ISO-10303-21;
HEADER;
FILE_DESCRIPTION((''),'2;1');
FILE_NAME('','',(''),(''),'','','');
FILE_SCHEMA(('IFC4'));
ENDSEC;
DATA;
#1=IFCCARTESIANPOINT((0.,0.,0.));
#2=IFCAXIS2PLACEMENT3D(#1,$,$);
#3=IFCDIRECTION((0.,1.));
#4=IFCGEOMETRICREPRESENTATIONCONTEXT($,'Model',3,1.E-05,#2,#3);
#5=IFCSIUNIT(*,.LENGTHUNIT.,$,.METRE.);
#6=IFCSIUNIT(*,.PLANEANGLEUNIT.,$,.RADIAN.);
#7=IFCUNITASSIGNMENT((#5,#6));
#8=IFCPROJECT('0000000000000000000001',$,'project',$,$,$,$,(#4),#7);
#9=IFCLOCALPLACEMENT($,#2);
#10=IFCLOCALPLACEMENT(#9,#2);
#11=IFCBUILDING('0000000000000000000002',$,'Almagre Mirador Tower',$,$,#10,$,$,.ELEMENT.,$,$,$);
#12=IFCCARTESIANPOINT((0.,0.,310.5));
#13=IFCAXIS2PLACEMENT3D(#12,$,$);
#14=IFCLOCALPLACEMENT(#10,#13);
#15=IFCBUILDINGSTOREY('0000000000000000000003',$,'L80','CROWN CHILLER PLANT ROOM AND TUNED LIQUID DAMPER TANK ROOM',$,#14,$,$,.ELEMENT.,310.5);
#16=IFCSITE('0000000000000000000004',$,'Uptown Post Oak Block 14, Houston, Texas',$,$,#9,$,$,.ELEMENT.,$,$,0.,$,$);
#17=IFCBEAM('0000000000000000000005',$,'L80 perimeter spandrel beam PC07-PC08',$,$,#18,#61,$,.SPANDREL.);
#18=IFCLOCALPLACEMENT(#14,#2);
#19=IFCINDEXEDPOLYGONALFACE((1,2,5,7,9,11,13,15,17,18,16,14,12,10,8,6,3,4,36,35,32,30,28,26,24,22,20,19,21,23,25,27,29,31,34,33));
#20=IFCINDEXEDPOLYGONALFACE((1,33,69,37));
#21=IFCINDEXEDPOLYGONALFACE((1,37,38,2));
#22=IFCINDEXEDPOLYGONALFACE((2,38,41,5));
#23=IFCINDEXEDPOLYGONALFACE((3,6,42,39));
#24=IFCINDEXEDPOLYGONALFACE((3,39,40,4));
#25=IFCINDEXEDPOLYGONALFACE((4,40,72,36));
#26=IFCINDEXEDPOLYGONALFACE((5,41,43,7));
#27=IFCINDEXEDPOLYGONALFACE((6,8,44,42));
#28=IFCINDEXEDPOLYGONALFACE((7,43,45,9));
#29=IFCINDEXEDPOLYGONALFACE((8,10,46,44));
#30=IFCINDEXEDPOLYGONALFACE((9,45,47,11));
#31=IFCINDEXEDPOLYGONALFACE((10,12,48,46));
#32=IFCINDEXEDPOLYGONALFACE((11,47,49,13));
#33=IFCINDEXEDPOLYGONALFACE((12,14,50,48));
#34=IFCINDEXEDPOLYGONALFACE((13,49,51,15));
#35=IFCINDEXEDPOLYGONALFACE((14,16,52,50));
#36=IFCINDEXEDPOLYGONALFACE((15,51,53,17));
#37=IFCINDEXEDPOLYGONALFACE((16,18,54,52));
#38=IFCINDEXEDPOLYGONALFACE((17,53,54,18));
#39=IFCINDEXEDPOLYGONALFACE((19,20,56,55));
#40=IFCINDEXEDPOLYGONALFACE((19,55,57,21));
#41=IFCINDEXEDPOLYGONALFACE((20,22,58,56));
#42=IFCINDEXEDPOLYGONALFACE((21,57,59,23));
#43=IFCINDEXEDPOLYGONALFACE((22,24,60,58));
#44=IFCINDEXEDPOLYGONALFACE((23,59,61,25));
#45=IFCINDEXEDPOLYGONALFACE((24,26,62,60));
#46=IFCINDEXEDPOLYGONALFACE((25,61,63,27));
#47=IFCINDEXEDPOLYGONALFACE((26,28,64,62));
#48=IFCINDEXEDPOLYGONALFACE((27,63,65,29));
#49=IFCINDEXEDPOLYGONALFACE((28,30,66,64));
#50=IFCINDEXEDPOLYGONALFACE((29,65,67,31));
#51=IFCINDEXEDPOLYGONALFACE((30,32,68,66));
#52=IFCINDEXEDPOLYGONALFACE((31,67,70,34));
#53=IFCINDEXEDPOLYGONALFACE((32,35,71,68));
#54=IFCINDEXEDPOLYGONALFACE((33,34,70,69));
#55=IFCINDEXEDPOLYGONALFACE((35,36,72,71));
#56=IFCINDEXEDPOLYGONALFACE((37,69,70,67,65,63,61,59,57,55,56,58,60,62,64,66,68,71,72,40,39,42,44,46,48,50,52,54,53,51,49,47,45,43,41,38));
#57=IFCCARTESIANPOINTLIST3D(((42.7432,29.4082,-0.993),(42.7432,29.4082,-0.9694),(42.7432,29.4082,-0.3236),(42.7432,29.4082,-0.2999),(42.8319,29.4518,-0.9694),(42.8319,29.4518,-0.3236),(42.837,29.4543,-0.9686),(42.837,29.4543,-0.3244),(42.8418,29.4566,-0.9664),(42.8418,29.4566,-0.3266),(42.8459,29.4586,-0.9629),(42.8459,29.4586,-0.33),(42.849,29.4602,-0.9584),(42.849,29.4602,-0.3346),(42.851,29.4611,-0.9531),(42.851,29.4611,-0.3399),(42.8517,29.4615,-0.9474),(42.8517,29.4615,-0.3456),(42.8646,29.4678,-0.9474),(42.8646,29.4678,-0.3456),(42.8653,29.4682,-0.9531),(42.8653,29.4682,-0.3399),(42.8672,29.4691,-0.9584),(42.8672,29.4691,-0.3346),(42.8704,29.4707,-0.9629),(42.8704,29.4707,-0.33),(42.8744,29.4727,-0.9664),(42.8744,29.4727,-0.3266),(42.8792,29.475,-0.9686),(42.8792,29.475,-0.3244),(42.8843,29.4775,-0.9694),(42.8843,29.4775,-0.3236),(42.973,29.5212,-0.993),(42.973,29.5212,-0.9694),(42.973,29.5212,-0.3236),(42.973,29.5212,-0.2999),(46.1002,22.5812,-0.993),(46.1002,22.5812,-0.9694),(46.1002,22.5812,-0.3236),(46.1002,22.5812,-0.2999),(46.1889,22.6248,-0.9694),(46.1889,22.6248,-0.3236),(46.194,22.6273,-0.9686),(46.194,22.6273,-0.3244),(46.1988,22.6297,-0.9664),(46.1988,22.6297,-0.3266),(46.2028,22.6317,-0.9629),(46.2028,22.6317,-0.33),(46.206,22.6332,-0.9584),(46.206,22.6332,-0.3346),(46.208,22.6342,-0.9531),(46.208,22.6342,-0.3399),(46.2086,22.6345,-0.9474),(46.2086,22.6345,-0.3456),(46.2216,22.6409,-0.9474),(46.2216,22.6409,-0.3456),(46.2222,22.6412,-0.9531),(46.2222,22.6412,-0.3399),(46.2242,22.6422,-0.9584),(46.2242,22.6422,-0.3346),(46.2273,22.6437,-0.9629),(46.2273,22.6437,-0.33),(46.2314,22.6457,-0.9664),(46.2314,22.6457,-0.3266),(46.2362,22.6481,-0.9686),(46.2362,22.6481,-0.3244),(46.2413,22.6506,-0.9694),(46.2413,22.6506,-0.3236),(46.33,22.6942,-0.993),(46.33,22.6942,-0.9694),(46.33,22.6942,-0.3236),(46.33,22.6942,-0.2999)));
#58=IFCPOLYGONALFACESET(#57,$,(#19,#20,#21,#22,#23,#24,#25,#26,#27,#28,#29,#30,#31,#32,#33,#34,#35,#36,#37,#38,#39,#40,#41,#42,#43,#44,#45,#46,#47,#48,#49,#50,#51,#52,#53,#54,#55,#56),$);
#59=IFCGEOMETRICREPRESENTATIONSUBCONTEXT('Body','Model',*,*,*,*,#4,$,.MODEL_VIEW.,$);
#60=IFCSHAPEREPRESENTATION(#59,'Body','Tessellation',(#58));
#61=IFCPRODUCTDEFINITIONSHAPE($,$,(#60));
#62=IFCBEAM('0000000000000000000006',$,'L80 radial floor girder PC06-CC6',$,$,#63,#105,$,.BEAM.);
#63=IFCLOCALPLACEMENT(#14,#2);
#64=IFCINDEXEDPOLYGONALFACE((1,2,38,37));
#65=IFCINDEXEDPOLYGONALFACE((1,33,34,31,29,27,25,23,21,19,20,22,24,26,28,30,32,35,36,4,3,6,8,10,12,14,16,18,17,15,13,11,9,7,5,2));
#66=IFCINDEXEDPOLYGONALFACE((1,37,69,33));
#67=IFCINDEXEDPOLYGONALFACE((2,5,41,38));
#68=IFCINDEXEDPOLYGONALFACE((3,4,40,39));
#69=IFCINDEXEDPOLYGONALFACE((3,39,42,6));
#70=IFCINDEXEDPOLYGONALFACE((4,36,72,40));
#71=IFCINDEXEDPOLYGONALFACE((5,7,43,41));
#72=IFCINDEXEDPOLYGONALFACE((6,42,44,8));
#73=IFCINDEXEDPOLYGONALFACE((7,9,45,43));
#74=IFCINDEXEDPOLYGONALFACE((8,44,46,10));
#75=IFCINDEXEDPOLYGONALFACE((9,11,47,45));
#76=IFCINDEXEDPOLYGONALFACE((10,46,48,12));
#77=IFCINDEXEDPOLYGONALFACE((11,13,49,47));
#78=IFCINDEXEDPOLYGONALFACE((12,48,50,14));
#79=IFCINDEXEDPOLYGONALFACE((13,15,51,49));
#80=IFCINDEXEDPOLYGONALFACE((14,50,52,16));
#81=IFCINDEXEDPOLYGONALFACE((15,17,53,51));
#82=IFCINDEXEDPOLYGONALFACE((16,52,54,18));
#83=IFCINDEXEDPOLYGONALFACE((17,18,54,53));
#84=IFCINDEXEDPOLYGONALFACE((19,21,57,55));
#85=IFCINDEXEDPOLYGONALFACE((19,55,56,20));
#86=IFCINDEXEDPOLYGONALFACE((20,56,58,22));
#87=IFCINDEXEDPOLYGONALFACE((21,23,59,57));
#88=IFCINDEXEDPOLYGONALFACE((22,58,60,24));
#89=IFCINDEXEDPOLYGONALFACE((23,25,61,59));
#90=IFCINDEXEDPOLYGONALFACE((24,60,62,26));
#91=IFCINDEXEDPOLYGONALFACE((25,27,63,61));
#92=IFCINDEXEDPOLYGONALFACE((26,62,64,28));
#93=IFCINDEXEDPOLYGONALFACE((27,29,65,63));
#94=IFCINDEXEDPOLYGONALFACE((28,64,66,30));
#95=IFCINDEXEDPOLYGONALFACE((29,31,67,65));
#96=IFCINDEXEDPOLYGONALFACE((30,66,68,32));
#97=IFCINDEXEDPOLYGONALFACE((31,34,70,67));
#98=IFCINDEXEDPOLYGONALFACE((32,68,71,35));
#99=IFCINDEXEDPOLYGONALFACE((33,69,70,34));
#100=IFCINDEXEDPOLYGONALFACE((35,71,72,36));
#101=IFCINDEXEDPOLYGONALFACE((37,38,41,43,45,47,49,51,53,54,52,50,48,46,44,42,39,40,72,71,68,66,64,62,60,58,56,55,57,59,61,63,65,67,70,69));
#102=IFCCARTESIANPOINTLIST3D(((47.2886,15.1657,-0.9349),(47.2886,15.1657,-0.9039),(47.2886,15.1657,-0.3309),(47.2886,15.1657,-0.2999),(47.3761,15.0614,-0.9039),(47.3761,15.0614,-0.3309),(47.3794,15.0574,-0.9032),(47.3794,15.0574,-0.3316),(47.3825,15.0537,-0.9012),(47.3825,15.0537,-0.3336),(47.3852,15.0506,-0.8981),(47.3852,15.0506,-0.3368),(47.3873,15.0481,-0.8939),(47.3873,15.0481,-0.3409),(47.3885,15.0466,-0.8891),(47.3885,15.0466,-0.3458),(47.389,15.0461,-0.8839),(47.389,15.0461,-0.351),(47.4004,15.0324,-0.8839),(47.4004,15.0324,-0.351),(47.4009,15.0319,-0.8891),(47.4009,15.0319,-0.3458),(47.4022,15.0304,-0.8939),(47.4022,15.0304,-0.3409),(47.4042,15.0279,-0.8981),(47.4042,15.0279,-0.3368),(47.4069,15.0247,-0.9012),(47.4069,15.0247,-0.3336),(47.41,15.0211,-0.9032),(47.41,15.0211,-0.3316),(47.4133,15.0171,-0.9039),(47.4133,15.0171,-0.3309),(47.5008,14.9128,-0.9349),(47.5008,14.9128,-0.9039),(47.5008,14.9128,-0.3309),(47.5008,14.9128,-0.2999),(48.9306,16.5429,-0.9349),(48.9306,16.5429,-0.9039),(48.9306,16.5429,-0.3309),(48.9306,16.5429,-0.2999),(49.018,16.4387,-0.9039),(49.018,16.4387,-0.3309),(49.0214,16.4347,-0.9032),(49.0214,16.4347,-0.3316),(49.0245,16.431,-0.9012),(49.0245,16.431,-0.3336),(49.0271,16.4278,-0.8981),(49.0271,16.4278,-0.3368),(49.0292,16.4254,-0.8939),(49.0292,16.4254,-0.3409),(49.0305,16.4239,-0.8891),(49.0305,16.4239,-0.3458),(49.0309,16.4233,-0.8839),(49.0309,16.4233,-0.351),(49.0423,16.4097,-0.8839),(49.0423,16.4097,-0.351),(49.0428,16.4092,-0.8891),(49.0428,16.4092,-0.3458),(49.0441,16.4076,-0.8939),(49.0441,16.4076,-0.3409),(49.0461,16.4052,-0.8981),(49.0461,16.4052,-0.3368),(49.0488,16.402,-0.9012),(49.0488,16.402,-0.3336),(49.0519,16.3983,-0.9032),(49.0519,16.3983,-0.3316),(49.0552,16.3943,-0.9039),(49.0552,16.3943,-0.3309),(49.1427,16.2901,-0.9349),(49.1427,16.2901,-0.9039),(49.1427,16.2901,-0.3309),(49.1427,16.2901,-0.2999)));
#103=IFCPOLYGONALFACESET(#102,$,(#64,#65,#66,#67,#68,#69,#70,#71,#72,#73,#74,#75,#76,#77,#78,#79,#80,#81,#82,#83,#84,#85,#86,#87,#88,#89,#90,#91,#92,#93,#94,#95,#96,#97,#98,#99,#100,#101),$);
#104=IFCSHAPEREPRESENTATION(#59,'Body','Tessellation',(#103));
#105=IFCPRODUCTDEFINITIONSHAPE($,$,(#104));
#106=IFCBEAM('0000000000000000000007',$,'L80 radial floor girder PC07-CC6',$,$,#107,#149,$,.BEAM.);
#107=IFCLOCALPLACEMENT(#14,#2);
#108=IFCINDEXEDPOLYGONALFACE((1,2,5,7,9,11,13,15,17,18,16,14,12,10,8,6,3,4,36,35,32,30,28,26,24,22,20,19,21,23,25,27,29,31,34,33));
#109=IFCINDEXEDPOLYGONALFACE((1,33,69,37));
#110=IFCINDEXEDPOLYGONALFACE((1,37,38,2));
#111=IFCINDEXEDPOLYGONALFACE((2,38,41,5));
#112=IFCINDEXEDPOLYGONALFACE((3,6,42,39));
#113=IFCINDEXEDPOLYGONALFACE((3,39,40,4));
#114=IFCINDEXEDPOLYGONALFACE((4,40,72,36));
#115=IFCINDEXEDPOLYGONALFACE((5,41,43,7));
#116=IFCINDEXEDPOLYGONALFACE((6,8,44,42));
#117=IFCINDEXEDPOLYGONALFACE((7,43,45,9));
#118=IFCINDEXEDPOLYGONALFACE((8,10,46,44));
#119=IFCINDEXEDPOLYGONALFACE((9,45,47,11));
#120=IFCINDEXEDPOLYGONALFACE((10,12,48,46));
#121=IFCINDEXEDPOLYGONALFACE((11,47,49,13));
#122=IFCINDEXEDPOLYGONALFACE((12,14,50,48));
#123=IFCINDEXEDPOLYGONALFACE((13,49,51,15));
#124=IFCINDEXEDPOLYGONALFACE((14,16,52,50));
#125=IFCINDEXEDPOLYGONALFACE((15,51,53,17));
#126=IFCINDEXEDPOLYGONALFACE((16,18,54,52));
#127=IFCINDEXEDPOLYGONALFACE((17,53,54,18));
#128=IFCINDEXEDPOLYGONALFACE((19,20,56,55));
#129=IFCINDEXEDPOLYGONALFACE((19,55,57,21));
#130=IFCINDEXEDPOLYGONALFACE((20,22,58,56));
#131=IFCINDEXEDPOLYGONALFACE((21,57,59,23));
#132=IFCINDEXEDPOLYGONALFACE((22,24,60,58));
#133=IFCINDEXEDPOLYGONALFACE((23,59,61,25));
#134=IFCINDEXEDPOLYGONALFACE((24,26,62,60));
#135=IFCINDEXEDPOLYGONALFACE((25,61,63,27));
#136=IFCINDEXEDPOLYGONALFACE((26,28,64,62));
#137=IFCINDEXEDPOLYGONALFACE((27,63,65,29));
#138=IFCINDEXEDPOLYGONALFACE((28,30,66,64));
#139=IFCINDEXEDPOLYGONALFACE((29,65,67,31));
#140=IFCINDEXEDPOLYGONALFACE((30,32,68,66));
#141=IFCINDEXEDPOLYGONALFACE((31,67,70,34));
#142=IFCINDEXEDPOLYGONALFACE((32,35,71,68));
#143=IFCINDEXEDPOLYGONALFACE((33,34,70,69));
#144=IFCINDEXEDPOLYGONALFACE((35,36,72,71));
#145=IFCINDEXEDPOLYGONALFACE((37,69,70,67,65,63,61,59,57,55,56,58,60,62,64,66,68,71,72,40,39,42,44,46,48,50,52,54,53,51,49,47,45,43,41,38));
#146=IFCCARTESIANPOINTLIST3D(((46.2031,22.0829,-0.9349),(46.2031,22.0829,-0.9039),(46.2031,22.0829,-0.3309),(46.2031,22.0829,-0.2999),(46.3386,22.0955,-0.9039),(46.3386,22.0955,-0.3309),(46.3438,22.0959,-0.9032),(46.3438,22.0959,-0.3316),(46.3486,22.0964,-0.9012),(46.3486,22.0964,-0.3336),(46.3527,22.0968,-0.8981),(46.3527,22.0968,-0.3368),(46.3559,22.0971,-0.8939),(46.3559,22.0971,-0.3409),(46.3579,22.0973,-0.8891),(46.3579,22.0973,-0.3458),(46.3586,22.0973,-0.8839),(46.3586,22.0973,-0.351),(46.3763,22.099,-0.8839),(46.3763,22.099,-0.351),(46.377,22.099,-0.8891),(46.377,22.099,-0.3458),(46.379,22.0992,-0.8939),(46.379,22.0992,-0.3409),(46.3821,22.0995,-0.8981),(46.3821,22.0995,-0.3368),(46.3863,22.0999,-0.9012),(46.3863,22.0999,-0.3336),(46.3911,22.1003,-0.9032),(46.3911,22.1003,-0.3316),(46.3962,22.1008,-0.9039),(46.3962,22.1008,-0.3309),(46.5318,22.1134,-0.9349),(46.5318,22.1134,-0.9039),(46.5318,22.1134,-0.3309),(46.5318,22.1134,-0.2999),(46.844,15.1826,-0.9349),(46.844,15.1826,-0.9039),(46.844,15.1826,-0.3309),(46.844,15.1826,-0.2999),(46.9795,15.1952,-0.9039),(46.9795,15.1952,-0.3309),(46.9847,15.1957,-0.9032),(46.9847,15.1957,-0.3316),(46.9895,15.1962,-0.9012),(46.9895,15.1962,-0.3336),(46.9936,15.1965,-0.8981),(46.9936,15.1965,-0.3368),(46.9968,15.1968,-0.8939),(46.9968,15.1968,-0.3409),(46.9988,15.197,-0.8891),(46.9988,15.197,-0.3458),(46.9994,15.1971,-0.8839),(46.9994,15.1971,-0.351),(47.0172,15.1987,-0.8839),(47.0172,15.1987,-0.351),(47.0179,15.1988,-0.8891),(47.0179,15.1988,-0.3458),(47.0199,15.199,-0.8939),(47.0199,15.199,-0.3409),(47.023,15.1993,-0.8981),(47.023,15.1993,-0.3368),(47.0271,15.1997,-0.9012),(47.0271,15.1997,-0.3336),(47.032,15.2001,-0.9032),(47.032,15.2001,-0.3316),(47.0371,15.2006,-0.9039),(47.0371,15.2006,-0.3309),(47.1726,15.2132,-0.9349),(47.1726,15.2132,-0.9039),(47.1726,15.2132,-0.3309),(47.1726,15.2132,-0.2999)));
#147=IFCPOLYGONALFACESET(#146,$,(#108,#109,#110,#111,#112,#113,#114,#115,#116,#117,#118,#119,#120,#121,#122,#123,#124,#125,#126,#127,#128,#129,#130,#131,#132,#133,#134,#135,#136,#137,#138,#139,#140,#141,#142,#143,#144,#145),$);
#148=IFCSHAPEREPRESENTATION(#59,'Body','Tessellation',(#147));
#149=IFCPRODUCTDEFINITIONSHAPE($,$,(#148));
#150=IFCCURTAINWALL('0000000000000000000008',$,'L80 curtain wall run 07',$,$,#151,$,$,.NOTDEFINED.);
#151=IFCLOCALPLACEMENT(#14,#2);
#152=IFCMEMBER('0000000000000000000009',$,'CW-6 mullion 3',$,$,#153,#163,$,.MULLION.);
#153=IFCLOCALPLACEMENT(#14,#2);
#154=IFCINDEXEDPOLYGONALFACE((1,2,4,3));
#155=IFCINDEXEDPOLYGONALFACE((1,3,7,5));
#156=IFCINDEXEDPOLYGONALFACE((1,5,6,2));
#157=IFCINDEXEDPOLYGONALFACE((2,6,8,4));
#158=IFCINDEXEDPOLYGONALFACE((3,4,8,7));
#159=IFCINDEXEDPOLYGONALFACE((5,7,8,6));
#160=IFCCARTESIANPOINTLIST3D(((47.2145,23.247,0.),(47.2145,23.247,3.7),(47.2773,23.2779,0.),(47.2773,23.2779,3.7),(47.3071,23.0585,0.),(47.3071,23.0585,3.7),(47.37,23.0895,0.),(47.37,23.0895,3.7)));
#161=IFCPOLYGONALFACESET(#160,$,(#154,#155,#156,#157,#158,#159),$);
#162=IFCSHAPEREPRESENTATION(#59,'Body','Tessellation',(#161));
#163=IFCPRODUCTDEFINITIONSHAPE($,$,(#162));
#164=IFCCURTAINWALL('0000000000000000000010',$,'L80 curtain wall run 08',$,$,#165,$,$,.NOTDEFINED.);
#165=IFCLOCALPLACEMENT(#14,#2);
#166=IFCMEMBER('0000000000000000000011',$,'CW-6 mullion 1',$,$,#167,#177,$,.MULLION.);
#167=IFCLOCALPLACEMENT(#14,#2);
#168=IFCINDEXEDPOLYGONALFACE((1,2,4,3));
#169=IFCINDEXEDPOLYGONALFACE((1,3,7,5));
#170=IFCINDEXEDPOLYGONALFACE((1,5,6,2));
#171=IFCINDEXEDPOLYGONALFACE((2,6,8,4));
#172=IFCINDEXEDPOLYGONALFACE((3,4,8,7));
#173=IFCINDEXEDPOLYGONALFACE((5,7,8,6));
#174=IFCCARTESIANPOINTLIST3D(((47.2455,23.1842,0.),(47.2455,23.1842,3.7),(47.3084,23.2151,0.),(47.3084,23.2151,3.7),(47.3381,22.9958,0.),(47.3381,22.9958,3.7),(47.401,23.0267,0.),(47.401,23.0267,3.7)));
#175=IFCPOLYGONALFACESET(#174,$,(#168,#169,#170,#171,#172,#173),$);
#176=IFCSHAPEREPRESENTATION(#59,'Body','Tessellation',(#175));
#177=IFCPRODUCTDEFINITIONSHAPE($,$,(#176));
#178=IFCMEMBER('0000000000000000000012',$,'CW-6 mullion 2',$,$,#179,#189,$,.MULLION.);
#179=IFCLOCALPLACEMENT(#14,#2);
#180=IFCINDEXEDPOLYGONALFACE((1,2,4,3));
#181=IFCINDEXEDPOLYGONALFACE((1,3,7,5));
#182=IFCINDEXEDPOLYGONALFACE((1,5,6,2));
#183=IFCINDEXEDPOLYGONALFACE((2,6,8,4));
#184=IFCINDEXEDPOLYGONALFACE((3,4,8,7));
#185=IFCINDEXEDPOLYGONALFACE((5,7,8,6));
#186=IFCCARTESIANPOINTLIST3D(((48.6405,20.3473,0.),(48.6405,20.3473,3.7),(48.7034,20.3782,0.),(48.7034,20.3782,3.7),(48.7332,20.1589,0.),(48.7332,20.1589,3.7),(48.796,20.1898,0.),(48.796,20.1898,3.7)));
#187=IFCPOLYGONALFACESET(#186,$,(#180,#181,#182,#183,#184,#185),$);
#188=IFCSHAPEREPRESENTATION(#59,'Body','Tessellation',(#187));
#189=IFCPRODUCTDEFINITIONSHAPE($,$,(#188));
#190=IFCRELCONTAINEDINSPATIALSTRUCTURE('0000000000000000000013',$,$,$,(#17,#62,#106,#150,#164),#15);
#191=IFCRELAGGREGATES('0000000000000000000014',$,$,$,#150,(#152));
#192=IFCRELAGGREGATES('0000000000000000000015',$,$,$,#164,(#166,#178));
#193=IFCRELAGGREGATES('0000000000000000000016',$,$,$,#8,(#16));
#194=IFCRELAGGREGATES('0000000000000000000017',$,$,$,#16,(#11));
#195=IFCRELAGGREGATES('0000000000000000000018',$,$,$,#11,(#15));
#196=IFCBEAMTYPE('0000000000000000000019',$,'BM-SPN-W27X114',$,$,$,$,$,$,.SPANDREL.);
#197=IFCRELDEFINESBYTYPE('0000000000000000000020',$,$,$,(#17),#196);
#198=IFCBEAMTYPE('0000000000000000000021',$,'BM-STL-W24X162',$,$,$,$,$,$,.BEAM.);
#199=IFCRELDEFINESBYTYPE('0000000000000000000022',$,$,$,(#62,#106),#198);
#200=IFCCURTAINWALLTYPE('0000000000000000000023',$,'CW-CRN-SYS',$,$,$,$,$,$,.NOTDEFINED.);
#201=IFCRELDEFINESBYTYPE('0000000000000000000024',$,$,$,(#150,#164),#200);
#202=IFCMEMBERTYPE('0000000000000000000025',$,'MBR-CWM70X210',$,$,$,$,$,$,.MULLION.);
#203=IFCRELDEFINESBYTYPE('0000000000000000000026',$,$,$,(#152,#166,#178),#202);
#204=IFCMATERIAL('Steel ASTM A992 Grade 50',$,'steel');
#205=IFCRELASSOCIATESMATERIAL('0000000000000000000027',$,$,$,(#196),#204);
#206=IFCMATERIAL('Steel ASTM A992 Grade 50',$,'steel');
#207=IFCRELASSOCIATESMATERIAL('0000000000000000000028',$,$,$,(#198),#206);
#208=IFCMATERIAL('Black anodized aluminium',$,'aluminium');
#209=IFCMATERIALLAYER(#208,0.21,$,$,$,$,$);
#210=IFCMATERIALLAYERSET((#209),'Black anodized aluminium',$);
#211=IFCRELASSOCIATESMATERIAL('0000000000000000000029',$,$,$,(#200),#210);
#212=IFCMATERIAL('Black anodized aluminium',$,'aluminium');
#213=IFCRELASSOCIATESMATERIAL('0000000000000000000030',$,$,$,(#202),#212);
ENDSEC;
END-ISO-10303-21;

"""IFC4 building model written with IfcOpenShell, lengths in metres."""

from ifc_helpers import new_model, si_unit, direction, frame, origin, origin_2d, place, context, subcontext, project, spatial, rectangle, i_section, extrude, material, layer, layer_set, material_profile, profile_set, type_object, element, aggregate, save


model = new_model("IFC4")

# Units and contexts
model_context = context("Model", 3, precision=1e-05, world=origin(), true_north=direction((0.0, 1.0)))
body_context = subcontext(model_context, "Body", "Model", "MODEL_VIEW")
ifc_project = project(units=[si_unit("LENGTHUNIT", "METRE"), si_unit("PLANEANGLEUNIT", "RADIAN")], contexts=[model_context])

# Site, building, storey
site_placement = place(None, origin())
site = spatial("IfcSite", under=ifc_project, at=site_placement, Name="Uptown Post Oak Block 14, Houston, Texas", CompositionType="ELEMENT", RefElevation=0.0)
building_placement = place(site_placement, origin())
building = spatial("IfcBuilding", under=site, at=building_placement, Name="Almagre Mirador Tower", CompositionType="ELEMENT")
storey_placement = place(building_placement, frame((0.0, 0.0, 310.5)))
storey = spatial("IfcBuildingStorey", under=building, at=storey_placement, Name="L80", Description="CROWN CHILLER PLANT ROOM AND TUNED LIQUID DAMPER TANK ROOM", CompositionType="ELEMENT", Elevation=310.5)

# Beams
ifc_material_1 = material(Name="Steel ASTM A992 Grade 50", Category="steel")
ifc_material_profile_1 = material_profile(ifc_material_1, i_section(OverallWidth=0.2561, OverallDepth=0.6931, WebThickness=0.0144, FlangeThickness=0.0237, FilletRadius=0.022, at=origin_2d()), Name="W27X114")
ifc_profile_set_1 = profile_set([ifc_material_profile_1], Name="Steel ASTM A992 Grade 50")
beam_type_1 = type_object("IfcBeamType", Name="BM-SPN-W27X114", PredefinedType="SPANDREL", material=ifc_profile_set_1)
beam_1_placement = place(storey_placement, frame((46.2151, 22.6377, -0.6465), z_axis=(-0.44126, 0.897379, 0.0), x_axis=(-0.897379, -0.44126, 0.0)))
element("IfcBeam", 1, at=beam_1_placement, inside=storey, type_object=beam_type_1, Name="L80 perimeter spandrel beam PC07-PC08", PredefinedType="SPANDREL", context=body_context, shape_type="SweptSolid", body=[
    extrude(i_section(OverallWidth=0.2561, OverallDepth=0.6931, WebThickness=0.0144, FlangeThickness=0.0237, FilletRadius=0.022, at=origin_2d()), origin(), (0.0, 0.0, 1.0), 7.6077),
])
ifc_material_2 = material(Name="Steel ASTM A992 Grade 50", Category="steel")
ifc_material_profile_2 = material_profile(ifc_material_2, i_section(OverallWidth=0.3301, OverallDepth=0.635, WebThickness=0.0178, FlangeThickness=0.031, FilletRadius=0.02, at=origin_2d()), Name="W24X162")
ifc_profile_set_2 = profile_set([ifc_material_profile_2], Name="Steel ASTM A992 Grade 50")
beam_type_2 = type_object("IfcBeamType", Name="BM-STL-W24X162", PredefinedType="BEAM", material=ifc_profile_set_2)
beam_2_placement = place(storey_placement, frame((49.0366, 16.4165, -0.6174), z_axis=(-0.766154, -0.642658, 0.0), x_axis=(0.642658, -0.766154, 0.0)))
element("IfcBeam", 2, at=beam_2_placement, inside=storey, type_object=beam_type_2, Name="L80 radial floor girder PC06-CC6", PredefinedType="BEAM", context=body_context, shape_type="SweptSolid", body=[
    extrude(i_section(OverallWidth=0.3301, OverallDepth=0.635, WebThickness=0.0178, FlangeThickness=0.031, FilletRadius=0.02, at=origin_2d()), origin(), (0.0, 0.0, 1.0), 2.1431),
])
beam_3_placement = place(storey_placement, frame((46.3674, 22.0981, -0.6174), z_axis=(0.09248, -0.995715, 0.0), x_axis=(0.995715, 0.09248, 0.0)))
element("IfcBeam", 3, at=beam_3_placement, inside=storey, type_object=beam_type_2, Name="L80 radial floor girder PC07-CC6", PredefinedType="BEAM", context=body_context, shape_type="SweptSolid", body=[
    extrude(i_section(OverallWidth=0.3301, OverallDepth=0.635, WebThickness=0.0178, FlangeThickness=0.031, FilletRadius=0.02, at=origin_2d()), origin(), (0.0, 0.0, 1.0), 6.9299),
])

# Curtain wall, member
ifc_material_3 = material(Name="Black anodized aluminium", Category="aluminium")
ifc_layer_1 = layer(ifc_material_3, 0.21)
ifc_layer_set_1 = layer_set([ifc_layer_1], Name="Black anodized aluminium")
curtain_wall_type = type_object("IfcCurtainWallType", Name="CW-CRN-SYS", PredefinedType="NOTDEFINED", material=ifc_layer_set_1)
curtain_wall_1_placement = place(storey_placement, origin())
curtain_wall_1 = element("IfcCurtainWall", 4, at=curtain_wall_1_placement, inside=storey, type_object=curtain_wall_type, Name="L80 curtain wall run 07", PredefinedType="NOTDEFINED")
ifc_material_4 = material(Name="Black anodized aluminium", Category="aluminium")
ifc_material_profile_3 = material_profile(ifc_material_4, rectangle(XDim=0.0701, YDim=0.21, at=origin_2d()), Name="CWM70X210")
ifc_profile_set_3 = profile_set([ifc_material_profile_3], Name="Black anodized aluminium")
member_type_1 = type_object("IfcMemberType", Name="MBR-CWM70X210", PredefinedType="MULLION", material=ifc_profile_set_3)
member_1_placement = place(storey_placement, frame((47.2922, 23.1682, 0.0), z_axis=(0.0, 0.0, 1.0), x_axis=(0.897361, 0.441298, 0.0)))
member_1 = element("IfcMember", 5, at=member_1_placement, type_object=member_type_1, Name="CW-6 mullion 3", PredefinedType="MULLION", context=body_context, shape_type="SweptSolid", body=[
    extrude(rectangle(XDim=0.0701, YDim=0.21, at=origin_2d()), origin(), (0.0, 0.0, 1.0), 3.7),
])

# Curtain wall, members
curtain_wall_2_placement = place(storey_placement, origin())
curtain_wall_2 = element("IfcCurtainWall", 6, at=curtain_wall_2_placement, inside=storey, type_object=curtain_wall_type, Name="L80 curtain wall run 08", PredefinedType="NOTDEFINED")
member_2_placement = place(storey_placement, frame((47.3232, 23.1055, 0.0), z_axis=(0.0, 0.0, 1.0), x_axis=(0.897358, 0.441304, 0.0)))
member_2 = element("IfcMember", 7, at=member_2_placement, type_object=member_type_1, Name="CW-6 mullion 1", PredefinedType="MULLION", context=body_context, shape_type="SweptSolid", body=[
    extrude(rectangle(XDim=0.0701, YDim=0.21, at=origin_2d()), origin(), (0.0, 0.0, 1.0), 3.7),
])
member_3_placement = place(storey_placement, frame((48.7183, 20.2686, 0.0), z_axis=(0.0, 0.0, 1.0), x_axis=(0.897358, 0.441304, 0.0)))
member_3 = element("IfcMember", 8, at=member_3_placement, type_object=member_type_1, Name="CW-6 mullion 2", PredefinedType="MULLION", context=body_context, shape_type="SweptSolid", body=[
    extrude(rectangle(XDim=0.0701, YDim=0.21, at=origin_2d()), origin(), (0.0, 0.0, 1.0), 3.7),
])

aggregate(curtain_wall_1, [member_1])
aggregate(curtain_wall_2, [member_2, member_3])

save(model, "model.ifc")
